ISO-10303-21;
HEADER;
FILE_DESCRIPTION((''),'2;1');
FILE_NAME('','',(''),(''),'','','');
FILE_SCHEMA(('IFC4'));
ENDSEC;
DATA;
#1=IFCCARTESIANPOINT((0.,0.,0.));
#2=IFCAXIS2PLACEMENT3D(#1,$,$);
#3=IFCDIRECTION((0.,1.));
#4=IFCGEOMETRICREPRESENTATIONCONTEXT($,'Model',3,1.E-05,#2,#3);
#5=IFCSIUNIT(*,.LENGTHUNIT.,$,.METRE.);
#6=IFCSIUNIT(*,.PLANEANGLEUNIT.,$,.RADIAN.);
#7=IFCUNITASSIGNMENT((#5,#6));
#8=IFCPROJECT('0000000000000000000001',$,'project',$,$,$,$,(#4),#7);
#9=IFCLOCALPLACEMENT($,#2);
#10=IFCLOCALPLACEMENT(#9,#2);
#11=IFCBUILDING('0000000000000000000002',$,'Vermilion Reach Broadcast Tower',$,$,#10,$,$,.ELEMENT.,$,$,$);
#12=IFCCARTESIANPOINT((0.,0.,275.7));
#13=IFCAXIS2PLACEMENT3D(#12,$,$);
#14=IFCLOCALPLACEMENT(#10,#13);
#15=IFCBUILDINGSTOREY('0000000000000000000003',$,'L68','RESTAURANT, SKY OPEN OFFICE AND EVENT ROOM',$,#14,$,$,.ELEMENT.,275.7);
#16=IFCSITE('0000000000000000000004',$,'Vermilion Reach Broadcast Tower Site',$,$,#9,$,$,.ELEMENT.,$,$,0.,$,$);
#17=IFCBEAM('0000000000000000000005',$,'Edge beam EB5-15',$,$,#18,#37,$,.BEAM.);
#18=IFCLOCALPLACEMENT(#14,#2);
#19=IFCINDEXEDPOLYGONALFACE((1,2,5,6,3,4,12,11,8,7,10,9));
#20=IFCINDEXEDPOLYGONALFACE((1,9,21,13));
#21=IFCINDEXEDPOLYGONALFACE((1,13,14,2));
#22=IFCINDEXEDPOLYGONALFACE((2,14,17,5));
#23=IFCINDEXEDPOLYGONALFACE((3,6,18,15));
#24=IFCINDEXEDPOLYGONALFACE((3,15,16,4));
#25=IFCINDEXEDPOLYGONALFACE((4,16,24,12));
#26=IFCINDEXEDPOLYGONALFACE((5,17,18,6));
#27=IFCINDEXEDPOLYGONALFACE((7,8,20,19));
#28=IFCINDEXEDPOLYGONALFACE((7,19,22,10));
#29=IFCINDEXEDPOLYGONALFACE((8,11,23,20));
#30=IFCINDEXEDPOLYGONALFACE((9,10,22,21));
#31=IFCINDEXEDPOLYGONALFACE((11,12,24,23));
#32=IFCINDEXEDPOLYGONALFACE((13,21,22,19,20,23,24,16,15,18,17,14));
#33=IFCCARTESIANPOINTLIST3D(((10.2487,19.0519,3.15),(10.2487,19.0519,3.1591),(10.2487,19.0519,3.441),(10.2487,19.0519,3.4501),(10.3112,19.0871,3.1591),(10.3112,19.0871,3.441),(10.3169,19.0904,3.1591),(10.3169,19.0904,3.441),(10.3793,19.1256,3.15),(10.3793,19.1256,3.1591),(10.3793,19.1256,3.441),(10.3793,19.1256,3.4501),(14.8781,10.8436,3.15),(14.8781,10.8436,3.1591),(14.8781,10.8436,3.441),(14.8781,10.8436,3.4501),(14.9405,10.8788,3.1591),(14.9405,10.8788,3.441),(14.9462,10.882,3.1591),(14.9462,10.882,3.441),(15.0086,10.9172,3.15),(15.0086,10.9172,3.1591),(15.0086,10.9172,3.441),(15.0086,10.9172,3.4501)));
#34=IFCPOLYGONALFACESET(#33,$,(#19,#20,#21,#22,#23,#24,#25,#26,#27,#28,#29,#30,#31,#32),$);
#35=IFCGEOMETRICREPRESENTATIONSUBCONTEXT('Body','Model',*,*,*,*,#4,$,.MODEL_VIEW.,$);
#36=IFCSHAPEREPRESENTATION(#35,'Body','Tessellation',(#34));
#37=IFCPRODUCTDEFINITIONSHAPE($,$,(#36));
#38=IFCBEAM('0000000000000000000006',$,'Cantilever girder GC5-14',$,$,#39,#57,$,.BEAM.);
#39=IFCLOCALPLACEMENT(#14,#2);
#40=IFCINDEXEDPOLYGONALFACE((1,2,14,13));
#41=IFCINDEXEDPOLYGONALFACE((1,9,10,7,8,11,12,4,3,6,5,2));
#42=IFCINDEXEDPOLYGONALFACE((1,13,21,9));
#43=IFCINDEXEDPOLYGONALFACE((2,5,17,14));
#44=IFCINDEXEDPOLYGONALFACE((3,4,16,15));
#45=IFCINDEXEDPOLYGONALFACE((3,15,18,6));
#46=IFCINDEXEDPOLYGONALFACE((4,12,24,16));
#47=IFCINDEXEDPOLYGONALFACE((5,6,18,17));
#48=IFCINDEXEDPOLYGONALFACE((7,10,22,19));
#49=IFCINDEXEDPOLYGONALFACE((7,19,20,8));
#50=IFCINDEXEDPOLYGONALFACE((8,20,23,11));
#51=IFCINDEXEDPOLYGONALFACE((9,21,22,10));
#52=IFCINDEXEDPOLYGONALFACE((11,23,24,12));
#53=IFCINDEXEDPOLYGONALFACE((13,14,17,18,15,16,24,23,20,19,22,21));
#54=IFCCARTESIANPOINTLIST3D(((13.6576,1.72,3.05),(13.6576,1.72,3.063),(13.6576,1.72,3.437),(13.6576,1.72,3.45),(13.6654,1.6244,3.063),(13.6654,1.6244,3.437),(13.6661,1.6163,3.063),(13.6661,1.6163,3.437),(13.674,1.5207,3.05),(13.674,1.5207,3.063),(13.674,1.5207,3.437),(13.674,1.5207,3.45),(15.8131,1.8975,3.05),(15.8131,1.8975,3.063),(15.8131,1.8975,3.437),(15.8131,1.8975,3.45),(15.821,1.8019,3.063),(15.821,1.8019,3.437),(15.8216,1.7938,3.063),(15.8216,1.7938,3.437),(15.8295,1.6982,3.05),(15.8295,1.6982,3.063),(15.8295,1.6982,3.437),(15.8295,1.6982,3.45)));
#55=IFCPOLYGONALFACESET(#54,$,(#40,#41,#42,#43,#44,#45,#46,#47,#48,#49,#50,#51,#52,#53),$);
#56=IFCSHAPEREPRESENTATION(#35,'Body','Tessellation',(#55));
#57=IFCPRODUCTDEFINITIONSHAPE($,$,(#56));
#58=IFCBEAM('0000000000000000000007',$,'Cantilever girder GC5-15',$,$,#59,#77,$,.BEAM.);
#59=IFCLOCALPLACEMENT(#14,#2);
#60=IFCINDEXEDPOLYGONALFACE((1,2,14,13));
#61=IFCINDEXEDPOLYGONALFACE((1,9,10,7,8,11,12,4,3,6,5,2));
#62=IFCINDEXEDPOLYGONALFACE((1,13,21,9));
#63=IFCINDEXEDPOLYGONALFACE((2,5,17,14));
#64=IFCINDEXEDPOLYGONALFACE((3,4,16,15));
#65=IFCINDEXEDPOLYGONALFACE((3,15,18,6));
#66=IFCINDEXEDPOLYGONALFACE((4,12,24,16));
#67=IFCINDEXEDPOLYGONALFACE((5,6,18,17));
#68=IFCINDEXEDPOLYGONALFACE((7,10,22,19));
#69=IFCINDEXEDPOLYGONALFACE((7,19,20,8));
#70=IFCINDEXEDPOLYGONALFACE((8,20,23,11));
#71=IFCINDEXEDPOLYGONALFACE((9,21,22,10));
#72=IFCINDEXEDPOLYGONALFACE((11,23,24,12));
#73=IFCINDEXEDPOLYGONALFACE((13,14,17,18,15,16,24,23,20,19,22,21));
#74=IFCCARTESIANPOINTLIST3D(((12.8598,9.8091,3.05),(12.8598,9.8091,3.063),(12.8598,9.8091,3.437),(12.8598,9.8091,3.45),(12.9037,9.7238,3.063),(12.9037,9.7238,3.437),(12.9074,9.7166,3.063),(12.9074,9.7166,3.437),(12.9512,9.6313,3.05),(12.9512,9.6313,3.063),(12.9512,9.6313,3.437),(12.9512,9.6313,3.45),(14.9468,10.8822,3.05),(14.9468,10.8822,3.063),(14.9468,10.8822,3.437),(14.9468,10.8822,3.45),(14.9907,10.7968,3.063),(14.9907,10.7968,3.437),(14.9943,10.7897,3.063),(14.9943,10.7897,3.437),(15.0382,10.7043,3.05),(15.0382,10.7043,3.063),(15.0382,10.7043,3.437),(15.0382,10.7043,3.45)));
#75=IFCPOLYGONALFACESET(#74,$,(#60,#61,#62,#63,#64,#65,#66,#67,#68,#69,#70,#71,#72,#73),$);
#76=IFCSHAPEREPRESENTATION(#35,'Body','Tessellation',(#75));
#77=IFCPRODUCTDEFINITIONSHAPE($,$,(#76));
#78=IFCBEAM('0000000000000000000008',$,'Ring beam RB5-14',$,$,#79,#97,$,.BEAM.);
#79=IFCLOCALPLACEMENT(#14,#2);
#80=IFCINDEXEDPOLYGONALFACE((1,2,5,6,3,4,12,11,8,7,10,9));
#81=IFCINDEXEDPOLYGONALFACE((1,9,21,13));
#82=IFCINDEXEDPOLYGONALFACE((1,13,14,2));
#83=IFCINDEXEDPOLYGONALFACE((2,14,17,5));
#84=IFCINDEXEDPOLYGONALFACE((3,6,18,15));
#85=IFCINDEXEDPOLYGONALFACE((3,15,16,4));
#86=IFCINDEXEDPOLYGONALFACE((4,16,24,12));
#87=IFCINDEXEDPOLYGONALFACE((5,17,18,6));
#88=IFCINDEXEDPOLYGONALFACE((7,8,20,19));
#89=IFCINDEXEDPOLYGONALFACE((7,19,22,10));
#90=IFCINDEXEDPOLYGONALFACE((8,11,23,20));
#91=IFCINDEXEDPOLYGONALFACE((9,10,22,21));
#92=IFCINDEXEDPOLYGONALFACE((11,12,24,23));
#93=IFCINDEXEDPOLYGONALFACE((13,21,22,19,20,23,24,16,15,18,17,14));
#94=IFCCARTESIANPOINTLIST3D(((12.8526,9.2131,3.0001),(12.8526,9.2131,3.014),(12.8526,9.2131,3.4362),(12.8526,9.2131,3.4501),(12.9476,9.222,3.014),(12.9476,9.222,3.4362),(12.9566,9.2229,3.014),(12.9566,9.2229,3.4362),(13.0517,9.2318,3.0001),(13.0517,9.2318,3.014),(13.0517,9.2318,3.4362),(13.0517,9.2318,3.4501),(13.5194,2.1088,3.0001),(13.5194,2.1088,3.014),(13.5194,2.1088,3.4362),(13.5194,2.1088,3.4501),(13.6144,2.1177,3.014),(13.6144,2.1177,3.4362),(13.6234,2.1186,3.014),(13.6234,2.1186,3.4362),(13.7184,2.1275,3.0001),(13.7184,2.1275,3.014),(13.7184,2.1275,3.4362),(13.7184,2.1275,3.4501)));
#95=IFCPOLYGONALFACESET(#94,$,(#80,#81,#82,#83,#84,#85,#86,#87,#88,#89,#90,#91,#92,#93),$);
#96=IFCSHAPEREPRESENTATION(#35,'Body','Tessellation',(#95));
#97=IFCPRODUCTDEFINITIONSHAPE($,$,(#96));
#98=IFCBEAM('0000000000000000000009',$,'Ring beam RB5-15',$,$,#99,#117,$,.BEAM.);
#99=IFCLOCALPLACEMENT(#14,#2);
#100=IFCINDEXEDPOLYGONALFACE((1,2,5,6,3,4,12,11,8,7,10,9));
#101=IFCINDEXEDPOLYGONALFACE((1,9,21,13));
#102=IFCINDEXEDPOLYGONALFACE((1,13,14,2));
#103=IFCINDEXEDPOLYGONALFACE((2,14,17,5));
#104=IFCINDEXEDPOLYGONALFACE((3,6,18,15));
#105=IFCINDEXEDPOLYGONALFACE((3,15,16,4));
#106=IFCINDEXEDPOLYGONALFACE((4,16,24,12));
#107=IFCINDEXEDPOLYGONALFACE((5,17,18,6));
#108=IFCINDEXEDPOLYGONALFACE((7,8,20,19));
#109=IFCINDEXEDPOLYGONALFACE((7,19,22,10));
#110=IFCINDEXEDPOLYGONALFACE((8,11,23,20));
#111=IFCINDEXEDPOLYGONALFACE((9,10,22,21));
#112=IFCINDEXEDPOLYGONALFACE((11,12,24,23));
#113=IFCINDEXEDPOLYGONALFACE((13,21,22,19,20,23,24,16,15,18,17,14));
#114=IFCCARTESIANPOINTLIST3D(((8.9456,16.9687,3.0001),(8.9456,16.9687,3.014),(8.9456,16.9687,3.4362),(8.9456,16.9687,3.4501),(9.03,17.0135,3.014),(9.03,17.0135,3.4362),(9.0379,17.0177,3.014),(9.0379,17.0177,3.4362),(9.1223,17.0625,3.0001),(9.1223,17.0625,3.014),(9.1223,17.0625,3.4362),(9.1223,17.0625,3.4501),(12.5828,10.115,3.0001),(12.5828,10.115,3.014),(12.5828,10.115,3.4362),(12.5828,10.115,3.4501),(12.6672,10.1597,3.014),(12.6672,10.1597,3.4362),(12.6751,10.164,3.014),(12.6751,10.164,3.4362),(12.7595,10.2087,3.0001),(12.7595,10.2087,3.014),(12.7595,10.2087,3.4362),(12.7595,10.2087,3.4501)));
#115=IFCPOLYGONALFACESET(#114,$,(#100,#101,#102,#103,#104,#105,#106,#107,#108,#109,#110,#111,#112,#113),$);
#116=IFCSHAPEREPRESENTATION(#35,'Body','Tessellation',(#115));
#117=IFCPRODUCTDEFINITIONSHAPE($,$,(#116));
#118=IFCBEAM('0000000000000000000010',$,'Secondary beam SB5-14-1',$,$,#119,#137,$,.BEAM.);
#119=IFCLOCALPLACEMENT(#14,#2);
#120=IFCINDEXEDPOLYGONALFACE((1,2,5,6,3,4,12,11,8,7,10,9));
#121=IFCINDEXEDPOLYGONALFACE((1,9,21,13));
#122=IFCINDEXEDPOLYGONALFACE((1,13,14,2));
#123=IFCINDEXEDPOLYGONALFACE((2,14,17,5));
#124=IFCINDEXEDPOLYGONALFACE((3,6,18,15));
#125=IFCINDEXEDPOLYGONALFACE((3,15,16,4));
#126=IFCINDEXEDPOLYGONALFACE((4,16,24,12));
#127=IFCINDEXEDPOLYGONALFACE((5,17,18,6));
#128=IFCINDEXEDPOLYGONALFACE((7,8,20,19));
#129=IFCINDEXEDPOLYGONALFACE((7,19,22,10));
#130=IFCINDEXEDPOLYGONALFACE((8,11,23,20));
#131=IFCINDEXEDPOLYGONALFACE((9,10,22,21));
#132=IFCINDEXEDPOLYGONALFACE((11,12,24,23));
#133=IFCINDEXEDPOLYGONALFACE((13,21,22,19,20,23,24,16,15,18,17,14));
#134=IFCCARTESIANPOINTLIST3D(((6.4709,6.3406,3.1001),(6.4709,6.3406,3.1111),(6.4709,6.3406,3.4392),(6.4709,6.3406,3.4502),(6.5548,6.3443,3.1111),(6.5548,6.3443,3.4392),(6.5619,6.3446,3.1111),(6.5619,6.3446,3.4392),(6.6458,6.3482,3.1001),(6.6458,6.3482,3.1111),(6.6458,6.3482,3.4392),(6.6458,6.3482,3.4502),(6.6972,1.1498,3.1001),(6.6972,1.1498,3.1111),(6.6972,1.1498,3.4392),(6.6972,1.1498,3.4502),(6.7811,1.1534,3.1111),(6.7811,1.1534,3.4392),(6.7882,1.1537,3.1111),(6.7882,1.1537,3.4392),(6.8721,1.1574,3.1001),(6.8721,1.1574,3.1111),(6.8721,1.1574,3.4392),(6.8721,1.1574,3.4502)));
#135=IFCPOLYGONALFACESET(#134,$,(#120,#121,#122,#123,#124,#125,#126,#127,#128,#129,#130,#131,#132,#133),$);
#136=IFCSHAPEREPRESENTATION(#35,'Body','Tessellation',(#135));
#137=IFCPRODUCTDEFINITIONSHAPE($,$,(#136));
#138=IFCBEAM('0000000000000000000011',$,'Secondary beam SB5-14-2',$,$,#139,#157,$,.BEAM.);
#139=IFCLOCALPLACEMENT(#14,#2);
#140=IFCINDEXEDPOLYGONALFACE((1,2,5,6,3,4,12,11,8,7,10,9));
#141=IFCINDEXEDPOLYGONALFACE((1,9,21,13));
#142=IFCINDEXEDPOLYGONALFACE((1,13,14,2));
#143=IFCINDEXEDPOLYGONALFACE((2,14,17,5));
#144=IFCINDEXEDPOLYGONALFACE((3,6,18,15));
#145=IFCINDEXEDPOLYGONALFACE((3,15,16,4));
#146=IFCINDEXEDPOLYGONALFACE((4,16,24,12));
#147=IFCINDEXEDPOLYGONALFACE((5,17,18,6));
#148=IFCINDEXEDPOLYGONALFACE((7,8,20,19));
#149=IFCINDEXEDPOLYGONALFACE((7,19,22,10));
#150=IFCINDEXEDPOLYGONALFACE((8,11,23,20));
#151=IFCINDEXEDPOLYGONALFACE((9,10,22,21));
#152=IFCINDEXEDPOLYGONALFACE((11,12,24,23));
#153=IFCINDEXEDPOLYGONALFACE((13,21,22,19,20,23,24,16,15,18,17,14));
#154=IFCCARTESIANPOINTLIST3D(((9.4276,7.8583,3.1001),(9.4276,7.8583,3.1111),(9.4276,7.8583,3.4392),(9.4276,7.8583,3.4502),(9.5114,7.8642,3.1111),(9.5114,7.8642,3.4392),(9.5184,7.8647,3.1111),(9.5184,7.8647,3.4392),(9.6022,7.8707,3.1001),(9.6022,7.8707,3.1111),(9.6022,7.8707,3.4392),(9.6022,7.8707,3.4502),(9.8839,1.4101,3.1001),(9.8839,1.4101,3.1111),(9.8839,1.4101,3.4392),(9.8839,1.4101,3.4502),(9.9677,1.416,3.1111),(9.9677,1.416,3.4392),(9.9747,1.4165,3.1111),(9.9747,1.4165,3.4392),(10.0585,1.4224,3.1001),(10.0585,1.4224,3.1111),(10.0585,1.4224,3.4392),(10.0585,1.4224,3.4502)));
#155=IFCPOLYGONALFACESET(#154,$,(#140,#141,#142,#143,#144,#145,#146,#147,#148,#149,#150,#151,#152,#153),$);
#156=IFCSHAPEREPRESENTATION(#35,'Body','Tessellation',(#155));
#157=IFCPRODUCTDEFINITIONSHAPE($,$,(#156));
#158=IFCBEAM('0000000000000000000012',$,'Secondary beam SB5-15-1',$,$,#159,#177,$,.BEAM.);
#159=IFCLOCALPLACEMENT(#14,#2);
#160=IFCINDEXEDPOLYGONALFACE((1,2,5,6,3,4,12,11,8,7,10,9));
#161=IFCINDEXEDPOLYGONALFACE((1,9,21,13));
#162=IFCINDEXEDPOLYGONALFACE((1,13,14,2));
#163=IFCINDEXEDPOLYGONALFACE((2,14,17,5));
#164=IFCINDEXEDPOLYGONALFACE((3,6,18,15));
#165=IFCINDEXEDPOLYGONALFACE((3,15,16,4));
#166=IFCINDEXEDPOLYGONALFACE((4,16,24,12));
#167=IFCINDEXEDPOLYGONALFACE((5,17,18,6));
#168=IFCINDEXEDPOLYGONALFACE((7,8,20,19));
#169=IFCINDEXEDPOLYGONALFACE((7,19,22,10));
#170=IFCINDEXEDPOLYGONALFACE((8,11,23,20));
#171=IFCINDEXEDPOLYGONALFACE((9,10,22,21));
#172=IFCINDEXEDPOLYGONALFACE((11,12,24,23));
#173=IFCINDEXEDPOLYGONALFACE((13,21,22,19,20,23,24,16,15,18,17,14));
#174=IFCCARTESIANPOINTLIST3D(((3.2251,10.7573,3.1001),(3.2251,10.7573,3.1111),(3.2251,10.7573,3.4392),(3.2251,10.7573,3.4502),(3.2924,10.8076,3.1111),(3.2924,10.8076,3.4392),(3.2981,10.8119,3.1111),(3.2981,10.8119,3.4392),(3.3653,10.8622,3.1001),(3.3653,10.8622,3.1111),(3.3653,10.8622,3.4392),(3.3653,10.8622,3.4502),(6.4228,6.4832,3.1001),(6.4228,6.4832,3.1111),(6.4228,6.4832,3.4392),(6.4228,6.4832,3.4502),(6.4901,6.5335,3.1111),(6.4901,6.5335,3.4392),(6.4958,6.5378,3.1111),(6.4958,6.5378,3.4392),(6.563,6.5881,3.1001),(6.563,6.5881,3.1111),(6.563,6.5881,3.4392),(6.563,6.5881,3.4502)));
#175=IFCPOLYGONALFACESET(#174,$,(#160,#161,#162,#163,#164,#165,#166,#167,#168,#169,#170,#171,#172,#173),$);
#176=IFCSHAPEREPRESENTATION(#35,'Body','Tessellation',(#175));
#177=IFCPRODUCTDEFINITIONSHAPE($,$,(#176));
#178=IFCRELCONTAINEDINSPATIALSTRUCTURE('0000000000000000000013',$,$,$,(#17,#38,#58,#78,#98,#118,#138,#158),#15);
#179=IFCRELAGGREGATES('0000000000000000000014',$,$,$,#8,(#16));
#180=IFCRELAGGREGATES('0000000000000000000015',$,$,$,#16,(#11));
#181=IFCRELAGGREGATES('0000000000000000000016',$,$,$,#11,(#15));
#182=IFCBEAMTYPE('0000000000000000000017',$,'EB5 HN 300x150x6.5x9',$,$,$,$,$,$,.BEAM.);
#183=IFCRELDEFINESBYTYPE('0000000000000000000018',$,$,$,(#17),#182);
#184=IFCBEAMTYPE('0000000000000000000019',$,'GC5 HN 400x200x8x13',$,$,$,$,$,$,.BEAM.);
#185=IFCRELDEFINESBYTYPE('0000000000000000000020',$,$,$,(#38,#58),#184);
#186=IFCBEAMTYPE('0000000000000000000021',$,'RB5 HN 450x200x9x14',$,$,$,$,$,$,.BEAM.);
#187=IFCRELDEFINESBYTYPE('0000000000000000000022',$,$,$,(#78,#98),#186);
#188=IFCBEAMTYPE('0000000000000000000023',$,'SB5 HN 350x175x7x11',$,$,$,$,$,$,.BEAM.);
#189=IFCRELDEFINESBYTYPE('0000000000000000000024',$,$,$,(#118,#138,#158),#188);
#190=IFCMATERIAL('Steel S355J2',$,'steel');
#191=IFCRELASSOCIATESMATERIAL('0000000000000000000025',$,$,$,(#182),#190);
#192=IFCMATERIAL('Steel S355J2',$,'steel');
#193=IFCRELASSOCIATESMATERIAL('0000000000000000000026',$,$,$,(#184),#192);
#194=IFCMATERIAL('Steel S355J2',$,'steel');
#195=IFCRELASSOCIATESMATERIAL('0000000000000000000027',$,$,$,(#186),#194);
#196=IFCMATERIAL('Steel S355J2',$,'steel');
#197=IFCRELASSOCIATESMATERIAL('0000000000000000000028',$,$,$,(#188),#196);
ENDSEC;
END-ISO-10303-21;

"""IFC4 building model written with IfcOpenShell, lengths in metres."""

from ifc_helpers import new_model, si_unit, direction, frame, origin, origin_2d, place, context, subcontext, project, spatial, i_section, extrude, material, material_profile, profile_set, type_object, element, save


model = new_model("IFC4")

# Units and contexts
model_context = context("Model", 3, precision=1e-05, world=origin(), true_north=direction((0.0, 1.0)))
body_context = subcontext(model_context, "Body", "Model", "MODEL_VIEW")
ifc_project = project(units=[si_unit("LENGTHUNIT", "METRE"), si_unit("PLANEANGLEUNIT", "RADIAN")], contexts=[model_context])

# Site, building, storey
site_placement = place(None, origin())
site = spatial("IfcSite", under=ifc_project, at=site_placement, Name="Vermilion Reach Broadcast Tower Site", CompositionType="ELEMENT", RefElevation=0.0)
building_placement = place(site_placement, origin())
building = spatial("IfcBuilding", under=site, at=building_placement, Name="Vermilion Reach Broadcast Tower", CompositionType="ELEMENT")
storey_placement = place(building_placement, frame((0.0, 0.0, 275.7)))
storey = spatial("IfcBuildingStorey", under=building, at=storey_placement, Name="L68", Description="RESTAURANT, SKY OPEN OFFICE AND EVENT ROOM", CompositionType="ELEMENT", Elevation=275.7)

# Beams
ifc_material_1 = material(Name="Steel S355J2", Category="steel")
ifc_material_profile_1 = material_profile(ifc_material_1, i_section(OverallWidth=0.1499, OverallDepth=0.3, WebThickness=0.0066, FlangeThickness=0.009, at=origin_2d()), Name="S355J2 HN 300x150x6.5x9")
ifc_profile_set_1 = profile_set([ifc_material_profile_1], Name="Steel S355J2")
beam_type_1 = type_object("IfcBeamType", Name="EB5 HN 300x150x6.5x9", PredefinedType="BEAM", material=ifc_profile_set_1)
beam_1_placement = place(storey_placement, frame((14.9434, 10.8804, 3.3), z_axis=(-0.491238, 0.871026, 0.0), x_axis=(-0.871026, -0.491238, 0.0)))
element("IfcBeam", 1, at=beam_1_placement, inside=storey, type_object=beam_type_1, Name="Edge beam EB5-15", PredefinedType="BEAM", context=body_context, shape_type="SweptSolid", body=[
    extrude(i_section(OverallWidth=0.1499, OverallDepth=0.3, WebThickness=0.0066, FlangeThickness=0.009, at=origin_2d()), origin(), (0.0, 0.0, 1.0), 9.4238),
])
ifc_material_2 = material(Name="Steel S355J2", Category="steel")
ifc_material_profile_2 = material_profile(ifc_material_2, i_section(OverallWidth=0.2, OverallDepth=0.3999, WebThickness=0.0081, FlangeThickness=0.0129, at=origin_2d()), Name="S355J2 HN 400x200x8x13")
ifc_profile_set_2 = profile_set([ifc_material_profile_2], Name="Steel S355J2")
beam_type_2 = type_object("IfcBeamType", Name="GC5 HN 400x200x8x13", PredefinedType="BEAM", material=ifc_profile_set_2)
beam_2_placement = place(storey_placement, frame((13.6658, 1.6204, 3.25), z_axis=(0.996627, 0.082065, 0.0), x_axis=(-0.082065, 0.996627, 0.0)))
element("IfcBeam", 2, at=beam_2_placement, inside=storey, type_object=beam_type_2, Name="Cantilever girder GC5-14", PredefinedType="BEAM", context=body_context, shape_type="SweptSolid", body=[
    extrude(i_section(OverallWidth=0.2, OverallDepth=0.3999, WebThickness=0.0081, FlangeThickness=0.0129, at=origin_2d()), origin(), (0.0, 0.0, 1.0), 2.1628),
])
beam_3_placement = place(storey_placement, frame((12.9055, 9.7202, 3.25), z_axis=(0.889335, 0.457256, 0.0), x_axis=(-0.457256, 0.889335, 0.0)))
element("IfcBeam", 3, at=beam_3_placement, inside=storey, type_object=beam_type_2, Name="Cantilever girder GC5-15", PredefinedType="BEAM", context=body_context, shape_type="SweptSolid", body=[
    extrude(i_section(OverallWidth=0.2, OverallDepth=0.3999, WebThickness=0.0081, FlangeThickness=0.0129, at=origin_2d()), origin(), (0.0, 0.0, 1.0), 2.3467),
])
ifc_material_3 = material(Name="Steel S355J2", Category="steel")
ifc_material_profile_3 = material_profile(ifc_material_3, i_section(OverallWidth=0.2, OverallDepth=0.45, WebThickness=0.009, FlangeThickness=0.0139, at=origin_2d()), Name="S355J2 HN 450x200x9x14")
ifc_profile_set_3 = profile_set([ifc_material_profile_3], Name="Steel S355J2")
beam_type_3 = type_object("IfcBeamType", Name="RB5 HN 450x200x9x14", PredefinedType="BEAM", material=ifc_profile_set_3)
beam_4_placement = place(storey_placement, frame((13.6189, 2.1182, 3.2251), z_axis=(-0.093441, 0.995625, 0.0), x_axis=(-0.995625, -0.093441, 0.0)))
element("IfcBeam", 4, at=beam_4_placement, inside=storey, type_object=beam_type_3, Name="Ring beam RB5-14", PredefinedType="BEAM", context=body_context, shape_type="SweptSolid", body=[
    extrude(i_section(OverallWidth=0.2, OverallDepth=0.45, WebThickness=0.009, FlangeThickness=0.0139, at=origin_2d()), origin(), (0.0, 0.0, 1.0), 7.1355),
])
beam_5_placement = place(storey_placement, frame((12.6711, 10.1619, 3.2251), z_axis=(-0.468768, 0.883321, 0.0), x_axis=(-0.883321, -0.468768, 0.0)))
element("IfcBeam", 5, at=beam_5_placement, inside=storey, type_object=beam_type_3, Name="Ring beam RB5-15", PredefinedType="BEAM", context=body_context, shape_type="SweptSolid", body=[
    extrude(i_section(OverallWidth=0.2, OverallDepth=0.45, WebThickness=0.009, FlangeThickness=0.0139, at=origin_2d()), origin(), (0.0, 0.0, 1.0), 7.759),
])
ifc_material_4 = material(Name="Steel S355J2", Category="steel")
ifc_material_profile_4 = material_profile(ifc_material_4, i_section(OverallWidth=0.175, OverallDepth=0.3501, WebThickness=0.0071, FlangeThickness=0.011, at=origin_2d()), Name="S355J2 HN 350x175x7x11")
ifc_profile_set_4 = profile_set([ifc_material_profile_4], Name="Steel S355J2")
beam_type_4 = type_object("IfcBeamType", Name="SB5 HN 350x175x7x11", PredefinedType="BEAM", material=ifc_profile_set_4)
beam_6_placement = place(storey_placement, frame((6.7847, 1.1536, 3.2751), z_axis=(-0.043558, 0.999051, 0.0), x_axis=(-0.999051, -0.043558, 0.0)))
element("IfcBeam", 6, at=beam_6_placement, inside=storey, type_object=beam_type_4, Name="Secondary beam SB5-14-1", PredefinedType="BEAM", context=body_context, shape_type="SweptSolid", body=[
    extrude(i_section(OverallWidth=0.175, OverallDepth=0.3501, WebThickness=0.0071, FlangeThickness=0.011, at=origin_2d()), origin(), (0.0, 0.0, 1.0), 5.1958),
])
beam_7_placement = place(storey_placement, frame((9.9712, 1.4163, 3.2751), z_axis=(-0.070587, 0.997506, 0.0), x_axis=(-0.997506, -0.070587, 0.0)))
element("IfcBeam", 7, at=beam_7_placement, inside=storey, type_object=beam_type_4, Name="Secondary beam SB5-14-2", PredefinedType="BEAM", context=body_context, shape_type="SweptSolid", body=[
    extrude(i_section(OverallWidth=0.175, OverallDepth=0.3501, WebThickness=0.0071, FlangeThickness=0.011, at=origin_2d()), origin(), (0.0, 0.0, 1.0), 6.4644),
])
beam_8_placement = place(storey_placement, frame((6.4929, 6.5356, 3.2751), z_axis=(-0.599056, 0.800707, 0.0), x_axis=(-0.800707, -0.599056, 0.0)))
element("IfcBeam", 8, at=beam_8_placement, inside=storey, type_object=beam_type_4, Name="Secondary beam SB5-15-1", PredefinedType="BEAM", context=body_context, shape_type="SweptSolid", body=[
    extrude(i_section(OverallWidth=0.175, OverallDepth=0.3501, WebThickness=0.0071, FlangeThickness=0.011, at=origin_2d()), origin(), (0.0, 0.0, 1.0), 5.3379),
])

save(model, "model.ifc")
